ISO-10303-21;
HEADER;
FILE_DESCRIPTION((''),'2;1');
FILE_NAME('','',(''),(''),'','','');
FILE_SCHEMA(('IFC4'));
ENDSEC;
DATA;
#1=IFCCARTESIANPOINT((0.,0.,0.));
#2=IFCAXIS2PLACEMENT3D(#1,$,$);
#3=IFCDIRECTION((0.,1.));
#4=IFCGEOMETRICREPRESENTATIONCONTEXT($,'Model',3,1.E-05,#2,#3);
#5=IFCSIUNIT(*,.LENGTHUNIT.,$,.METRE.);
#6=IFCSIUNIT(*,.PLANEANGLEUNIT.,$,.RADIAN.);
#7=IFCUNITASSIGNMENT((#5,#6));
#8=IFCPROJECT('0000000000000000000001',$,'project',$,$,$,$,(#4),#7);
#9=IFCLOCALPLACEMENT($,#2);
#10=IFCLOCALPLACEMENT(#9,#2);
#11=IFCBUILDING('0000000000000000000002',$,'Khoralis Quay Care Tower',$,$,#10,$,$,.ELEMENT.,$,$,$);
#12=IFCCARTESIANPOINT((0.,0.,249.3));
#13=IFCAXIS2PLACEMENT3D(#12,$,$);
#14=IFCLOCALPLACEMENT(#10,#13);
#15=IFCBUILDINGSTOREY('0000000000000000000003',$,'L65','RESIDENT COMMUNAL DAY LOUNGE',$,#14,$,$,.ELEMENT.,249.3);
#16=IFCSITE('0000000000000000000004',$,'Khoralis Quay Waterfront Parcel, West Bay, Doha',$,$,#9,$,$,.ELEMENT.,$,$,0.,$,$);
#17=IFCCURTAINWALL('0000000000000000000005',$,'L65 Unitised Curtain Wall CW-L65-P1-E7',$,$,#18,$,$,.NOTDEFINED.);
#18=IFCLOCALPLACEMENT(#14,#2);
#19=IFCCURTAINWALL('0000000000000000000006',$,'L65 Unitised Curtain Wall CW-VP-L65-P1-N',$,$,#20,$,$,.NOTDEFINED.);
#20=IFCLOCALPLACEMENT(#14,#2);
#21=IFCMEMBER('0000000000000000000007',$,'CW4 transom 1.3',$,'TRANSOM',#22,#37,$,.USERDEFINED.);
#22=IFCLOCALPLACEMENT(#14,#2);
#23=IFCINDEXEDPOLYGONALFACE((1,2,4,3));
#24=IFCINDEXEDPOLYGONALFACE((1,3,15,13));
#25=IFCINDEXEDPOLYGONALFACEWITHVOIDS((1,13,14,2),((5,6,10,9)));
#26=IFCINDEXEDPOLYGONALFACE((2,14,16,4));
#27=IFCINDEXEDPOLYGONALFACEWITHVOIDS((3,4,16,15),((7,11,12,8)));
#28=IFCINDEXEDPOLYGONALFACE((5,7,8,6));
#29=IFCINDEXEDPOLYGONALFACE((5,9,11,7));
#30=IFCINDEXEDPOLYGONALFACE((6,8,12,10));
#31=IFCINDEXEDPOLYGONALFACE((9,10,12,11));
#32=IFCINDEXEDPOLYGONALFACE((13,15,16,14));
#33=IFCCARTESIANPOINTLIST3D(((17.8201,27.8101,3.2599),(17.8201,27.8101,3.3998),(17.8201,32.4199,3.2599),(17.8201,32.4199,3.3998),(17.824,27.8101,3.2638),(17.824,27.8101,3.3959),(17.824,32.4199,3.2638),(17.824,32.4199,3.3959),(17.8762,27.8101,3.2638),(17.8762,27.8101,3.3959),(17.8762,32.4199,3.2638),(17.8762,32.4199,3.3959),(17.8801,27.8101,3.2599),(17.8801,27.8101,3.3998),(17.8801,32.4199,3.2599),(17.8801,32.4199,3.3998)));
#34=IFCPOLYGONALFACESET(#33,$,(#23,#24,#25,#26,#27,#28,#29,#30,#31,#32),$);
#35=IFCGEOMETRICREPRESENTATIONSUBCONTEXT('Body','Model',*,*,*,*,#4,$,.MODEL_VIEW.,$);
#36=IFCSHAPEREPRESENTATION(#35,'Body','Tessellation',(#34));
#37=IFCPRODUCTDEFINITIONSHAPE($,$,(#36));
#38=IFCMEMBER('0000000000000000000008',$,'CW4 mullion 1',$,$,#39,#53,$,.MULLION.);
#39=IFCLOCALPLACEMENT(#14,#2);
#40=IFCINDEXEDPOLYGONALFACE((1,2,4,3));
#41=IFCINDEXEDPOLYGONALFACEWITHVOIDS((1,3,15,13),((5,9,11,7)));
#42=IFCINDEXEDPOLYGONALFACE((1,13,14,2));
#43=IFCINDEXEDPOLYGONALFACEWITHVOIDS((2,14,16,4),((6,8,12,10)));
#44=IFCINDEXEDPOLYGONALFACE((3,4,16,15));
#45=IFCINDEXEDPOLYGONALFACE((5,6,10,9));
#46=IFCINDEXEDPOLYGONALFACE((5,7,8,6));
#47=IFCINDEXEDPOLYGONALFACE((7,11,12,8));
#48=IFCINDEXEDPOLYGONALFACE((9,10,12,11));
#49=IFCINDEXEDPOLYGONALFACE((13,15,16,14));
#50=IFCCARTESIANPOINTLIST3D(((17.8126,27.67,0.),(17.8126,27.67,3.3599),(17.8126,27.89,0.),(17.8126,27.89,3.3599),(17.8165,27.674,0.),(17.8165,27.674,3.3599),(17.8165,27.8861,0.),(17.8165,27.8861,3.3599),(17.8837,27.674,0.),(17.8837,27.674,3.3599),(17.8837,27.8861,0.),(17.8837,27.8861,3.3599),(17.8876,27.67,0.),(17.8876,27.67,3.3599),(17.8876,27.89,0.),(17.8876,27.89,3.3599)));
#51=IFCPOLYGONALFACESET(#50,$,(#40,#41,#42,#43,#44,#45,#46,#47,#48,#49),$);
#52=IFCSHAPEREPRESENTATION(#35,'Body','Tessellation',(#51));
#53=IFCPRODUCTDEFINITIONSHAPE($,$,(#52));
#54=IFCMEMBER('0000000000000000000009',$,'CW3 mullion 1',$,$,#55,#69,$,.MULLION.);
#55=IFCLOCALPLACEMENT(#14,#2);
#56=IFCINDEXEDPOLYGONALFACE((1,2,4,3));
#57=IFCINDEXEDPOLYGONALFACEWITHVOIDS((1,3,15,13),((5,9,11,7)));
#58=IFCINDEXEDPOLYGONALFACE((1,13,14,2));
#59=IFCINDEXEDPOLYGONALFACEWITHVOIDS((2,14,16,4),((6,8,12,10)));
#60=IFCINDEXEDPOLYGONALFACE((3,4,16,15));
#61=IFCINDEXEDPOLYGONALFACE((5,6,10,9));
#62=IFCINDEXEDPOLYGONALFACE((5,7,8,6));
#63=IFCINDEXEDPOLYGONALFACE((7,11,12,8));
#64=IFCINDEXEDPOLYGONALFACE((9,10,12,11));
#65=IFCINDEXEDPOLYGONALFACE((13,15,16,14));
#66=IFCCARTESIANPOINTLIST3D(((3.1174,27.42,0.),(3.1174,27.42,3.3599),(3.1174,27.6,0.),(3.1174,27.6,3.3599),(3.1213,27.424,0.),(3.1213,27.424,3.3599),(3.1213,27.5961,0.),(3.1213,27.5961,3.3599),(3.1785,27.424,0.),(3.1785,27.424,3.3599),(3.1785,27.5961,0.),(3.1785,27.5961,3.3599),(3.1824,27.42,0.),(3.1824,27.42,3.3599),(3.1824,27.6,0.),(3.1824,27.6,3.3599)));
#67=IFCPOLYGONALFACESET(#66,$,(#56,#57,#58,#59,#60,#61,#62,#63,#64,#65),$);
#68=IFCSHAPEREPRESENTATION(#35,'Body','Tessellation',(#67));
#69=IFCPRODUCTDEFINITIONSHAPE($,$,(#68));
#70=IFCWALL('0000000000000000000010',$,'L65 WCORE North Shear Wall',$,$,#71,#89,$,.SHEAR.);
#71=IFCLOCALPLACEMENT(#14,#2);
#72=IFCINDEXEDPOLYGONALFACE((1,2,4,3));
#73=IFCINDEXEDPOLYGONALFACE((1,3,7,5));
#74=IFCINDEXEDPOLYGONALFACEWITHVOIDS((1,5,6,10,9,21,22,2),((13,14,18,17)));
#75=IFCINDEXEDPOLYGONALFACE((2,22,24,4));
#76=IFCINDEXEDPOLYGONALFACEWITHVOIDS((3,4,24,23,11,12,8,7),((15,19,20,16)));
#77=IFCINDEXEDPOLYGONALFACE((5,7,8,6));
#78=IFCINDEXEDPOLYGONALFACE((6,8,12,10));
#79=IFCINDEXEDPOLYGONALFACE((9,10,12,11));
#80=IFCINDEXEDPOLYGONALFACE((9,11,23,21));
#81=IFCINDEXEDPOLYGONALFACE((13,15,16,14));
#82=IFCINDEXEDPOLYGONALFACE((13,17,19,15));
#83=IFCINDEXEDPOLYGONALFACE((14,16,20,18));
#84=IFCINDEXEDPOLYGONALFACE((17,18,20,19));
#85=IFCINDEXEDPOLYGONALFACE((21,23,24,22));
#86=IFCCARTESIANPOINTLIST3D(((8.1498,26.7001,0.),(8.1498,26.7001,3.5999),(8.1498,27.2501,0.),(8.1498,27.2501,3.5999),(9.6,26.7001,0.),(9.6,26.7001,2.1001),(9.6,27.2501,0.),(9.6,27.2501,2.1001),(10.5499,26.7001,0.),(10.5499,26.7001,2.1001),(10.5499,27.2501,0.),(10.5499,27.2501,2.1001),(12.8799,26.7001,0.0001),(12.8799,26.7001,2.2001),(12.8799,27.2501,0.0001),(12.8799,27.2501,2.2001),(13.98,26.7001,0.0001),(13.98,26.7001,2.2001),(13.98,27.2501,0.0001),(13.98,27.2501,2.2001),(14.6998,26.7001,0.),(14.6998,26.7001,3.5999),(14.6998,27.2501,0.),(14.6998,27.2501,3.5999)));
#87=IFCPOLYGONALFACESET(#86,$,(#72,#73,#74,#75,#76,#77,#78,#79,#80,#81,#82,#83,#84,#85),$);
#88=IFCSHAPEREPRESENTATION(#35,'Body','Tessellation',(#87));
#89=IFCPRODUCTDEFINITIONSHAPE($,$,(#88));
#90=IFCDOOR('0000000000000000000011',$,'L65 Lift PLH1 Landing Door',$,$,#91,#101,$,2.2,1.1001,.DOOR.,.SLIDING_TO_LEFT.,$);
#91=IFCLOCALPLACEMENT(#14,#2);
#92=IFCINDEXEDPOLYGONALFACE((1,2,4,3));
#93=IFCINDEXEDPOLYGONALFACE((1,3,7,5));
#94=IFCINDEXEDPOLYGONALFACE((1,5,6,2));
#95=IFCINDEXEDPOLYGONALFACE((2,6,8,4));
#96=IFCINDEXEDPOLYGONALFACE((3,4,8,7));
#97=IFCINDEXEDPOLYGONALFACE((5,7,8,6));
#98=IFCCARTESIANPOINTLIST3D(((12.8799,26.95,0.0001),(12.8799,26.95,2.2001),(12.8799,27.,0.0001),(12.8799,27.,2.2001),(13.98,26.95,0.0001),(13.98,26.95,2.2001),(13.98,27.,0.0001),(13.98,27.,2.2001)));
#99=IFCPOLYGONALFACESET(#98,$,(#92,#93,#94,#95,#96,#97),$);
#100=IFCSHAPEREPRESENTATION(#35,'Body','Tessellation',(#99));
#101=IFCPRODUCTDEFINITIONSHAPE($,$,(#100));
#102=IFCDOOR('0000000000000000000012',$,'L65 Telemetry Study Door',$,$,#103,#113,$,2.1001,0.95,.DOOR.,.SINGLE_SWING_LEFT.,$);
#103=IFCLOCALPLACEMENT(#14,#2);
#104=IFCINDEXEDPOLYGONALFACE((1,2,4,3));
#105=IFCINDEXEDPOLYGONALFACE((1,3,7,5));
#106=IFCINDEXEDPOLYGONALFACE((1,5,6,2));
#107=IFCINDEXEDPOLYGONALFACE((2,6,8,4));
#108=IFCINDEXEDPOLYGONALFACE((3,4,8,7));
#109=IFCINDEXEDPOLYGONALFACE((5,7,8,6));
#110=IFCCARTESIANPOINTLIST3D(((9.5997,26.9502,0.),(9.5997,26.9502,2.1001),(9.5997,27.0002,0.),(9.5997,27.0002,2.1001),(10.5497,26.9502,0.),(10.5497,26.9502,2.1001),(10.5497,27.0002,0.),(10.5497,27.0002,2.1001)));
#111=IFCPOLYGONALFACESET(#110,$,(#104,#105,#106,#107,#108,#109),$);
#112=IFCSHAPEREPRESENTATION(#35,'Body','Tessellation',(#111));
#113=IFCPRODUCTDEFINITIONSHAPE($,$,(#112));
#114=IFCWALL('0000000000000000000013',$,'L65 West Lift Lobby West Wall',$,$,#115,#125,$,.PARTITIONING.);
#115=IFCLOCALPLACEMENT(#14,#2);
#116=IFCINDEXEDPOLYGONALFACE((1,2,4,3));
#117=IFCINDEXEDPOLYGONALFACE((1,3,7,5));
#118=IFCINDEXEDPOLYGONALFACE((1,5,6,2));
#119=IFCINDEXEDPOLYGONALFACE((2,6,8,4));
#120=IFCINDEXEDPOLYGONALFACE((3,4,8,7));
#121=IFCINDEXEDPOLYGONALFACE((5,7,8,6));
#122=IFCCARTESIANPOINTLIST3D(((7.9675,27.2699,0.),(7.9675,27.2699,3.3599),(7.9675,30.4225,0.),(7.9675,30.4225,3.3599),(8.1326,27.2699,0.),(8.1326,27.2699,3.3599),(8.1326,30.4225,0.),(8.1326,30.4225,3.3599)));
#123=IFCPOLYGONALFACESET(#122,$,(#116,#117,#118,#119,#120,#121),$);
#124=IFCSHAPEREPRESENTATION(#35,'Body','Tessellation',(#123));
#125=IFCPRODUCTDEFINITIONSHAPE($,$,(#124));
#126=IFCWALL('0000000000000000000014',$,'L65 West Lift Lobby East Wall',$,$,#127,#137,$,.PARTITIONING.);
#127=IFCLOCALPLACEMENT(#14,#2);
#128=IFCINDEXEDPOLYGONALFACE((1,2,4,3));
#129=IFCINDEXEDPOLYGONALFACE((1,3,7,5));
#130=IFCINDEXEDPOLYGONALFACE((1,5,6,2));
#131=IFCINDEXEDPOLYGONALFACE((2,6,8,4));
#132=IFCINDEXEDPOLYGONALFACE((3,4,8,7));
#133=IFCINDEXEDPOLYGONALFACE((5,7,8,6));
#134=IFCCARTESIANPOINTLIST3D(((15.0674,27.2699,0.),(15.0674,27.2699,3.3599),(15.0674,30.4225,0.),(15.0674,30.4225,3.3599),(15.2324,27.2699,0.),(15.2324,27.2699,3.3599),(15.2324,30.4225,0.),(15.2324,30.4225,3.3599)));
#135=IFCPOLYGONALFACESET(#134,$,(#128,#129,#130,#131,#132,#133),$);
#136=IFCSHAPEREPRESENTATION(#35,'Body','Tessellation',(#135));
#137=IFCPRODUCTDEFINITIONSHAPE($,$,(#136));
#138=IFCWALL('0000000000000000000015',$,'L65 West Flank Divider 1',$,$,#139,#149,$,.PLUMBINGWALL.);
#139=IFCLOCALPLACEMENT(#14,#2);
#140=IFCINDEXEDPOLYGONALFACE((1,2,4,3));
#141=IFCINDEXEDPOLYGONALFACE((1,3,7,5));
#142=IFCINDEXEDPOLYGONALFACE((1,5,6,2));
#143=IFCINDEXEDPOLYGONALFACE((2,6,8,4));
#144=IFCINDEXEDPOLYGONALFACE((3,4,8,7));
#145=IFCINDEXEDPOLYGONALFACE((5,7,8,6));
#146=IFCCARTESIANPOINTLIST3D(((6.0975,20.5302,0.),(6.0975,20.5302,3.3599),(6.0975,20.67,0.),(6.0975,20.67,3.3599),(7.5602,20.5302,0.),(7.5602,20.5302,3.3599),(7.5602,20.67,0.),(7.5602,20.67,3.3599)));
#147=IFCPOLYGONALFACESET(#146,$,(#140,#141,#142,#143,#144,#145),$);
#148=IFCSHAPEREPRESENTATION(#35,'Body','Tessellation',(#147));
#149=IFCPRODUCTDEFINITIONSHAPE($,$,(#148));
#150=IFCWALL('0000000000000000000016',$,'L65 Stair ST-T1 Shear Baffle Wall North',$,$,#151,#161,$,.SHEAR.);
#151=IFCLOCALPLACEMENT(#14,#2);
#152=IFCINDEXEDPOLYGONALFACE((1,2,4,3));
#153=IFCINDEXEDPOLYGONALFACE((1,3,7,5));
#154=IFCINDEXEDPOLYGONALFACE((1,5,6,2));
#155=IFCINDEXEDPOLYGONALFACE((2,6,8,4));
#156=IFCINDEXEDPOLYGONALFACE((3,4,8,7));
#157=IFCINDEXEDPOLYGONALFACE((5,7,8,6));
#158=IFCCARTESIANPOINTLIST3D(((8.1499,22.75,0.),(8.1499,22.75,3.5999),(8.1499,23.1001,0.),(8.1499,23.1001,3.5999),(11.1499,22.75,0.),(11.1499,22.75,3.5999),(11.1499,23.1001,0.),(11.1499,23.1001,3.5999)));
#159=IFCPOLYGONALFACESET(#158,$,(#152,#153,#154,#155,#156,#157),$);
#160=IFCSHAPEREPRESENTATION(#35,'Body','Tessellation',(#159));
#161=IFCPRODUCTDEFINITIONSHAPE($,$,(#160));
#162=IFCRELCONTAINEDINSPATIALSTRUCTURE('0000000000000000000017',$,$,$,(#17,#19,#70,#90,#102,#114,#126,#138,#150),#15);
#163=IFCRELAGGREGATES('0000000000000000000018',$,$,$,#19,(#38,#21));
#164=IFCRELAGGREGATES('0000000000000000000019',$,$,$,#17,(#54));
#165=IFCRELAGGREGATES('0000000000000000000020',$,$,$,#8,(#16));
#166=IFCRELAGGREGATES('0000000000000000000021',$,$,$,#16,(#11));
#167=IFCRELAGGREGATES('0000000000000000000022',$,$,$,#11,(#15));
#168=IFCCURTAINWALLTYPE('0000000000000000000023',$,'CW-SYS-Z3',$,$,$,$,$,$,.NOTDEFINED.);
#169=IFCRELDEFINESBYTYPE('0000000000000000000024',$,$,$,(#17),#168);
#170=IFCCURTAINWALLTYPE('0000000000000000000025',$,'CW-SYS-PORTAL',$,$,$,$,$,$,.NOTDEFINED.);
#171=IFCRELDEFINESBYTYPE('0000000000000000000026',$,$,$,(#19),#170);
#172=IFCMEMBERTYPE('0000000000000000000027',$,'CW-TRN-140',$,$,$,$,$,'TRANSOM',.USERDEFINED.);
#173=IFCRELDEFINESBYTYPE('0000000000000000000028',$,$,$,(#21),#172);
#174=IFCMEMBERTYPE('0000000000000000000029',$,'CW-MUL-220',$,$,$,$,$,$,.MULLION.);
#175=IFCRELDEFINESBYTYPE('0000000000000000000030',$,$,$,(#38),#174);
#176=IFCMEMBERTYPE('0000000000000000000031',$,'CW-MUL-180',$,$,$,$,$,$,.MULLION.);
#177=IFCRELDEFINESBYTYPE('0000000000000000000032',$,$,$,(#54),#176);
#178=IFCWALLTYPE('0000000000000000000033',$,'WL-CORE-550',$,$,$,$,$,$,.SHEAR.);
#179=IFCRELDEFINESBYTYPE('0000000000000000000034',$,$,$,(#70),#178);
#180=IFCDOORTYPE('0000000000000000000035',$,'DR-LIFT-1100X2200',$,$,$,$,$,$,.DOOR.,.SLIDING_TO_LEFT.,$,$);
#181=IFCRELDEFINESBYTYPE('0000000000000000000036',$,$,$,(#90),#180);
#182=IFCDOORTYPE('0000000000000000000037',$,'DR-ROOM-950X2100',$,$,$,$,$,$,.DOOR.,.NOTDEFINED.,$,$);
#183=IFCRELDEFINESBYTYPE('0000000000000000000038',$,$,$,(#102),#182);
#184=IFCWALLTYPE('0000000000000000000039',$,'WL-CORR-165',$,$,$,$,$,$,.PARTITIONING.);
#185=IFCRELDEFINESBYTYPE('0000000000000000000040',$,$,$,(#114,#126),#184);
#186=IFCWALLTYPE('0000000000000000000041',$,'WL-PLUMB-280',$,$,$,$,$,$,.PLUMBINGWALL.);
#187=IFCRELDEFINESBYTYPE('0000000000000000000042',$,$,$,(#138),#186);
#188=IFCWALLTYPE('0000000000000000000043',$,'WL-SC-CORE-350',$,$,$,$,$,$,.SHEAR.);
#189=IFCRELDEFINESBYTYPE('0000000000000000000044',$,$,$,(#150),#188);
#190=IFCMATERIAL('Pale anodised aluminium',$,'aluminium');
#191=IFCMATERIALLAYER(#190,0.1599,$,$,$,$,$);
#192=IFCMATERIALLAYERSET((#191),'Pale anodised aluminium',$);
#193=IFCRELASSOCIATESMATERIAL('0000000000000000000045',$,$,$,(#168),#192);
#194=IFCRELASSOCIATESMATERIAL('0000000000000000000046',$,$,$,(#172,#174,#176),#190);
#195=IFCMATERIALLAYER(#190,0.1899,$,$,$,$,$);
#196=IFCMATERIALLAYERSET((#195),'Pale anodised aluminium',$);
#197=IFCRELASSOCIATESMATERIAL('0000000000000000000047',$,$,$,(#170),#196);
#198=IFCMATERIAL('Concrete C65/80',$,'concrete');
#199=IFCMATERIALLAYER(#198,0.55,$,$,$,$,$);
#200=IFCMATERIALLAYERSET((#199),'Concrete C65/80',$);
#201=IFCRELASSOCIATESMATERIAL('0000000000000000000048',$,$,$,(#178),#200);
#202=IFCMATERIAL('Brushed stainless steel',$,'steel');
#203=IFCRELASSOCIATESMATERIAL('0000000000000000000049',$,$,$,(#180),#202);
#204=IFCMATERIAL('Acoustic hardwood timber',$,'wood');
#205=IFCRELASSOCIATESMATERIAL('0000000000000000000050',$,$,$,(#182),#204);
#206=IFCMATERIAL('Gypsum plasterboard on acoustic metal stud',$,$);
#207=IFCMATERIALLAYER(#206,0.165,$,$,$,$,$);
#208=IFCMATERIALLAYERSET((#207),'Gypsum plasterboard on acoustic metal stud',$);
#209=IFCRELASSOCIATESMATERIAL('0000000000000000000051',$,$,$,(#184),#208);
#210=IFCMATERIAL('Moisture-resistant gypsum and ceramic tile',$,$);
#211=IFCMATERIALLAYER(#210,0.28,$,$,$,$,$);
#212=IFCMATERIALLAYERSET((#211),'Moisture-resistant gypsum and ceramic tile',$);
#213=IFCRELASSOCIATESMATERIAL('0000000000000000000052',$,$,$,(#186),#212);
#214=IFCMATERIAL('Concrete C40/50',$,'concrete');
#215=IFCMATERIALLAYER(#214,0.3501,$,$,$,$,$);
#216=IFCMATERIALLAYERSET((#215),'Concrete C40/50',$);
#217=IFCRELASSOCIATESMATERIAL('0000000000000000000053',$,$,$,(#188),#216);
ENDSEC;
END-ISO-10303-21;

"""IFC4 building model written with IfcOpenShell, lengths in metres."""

from ifc_helpers import new_model, si_unit, direction, frame, frame_2d, origin, origin_2d, place, context, subcontext, project, spatial, rectangle, hollow_rectangle, extrude, source, transform, mapped, material, layer, layer_set, material_profile, profile_set, type_object, element, fill, aggregate, save


model = new_model("IFC4")

# Units and contexts
model_context = context("Model", 3, precision=1e-05, world=origin(), true_north=direction((0.0, 1.0)))
body_context = subcontext(model_context, "Body", "Model", "MODEL_VIEW")
ifc_project = project(units=[si_unit("LENGTHUNIT", "METRE"), si_unit("PLANEANGLEUNIT", "RADIAN")], contexts=[model_context])

# Site, building, storey
site_placement = place(None, origin())
site = spatial("IfcSite", under=ifc_project, at=site_placement, Name="Khoralis Quay Waterfront Parcel, West Bay, Doha", CompositionType="ELEMENT", RefElevation=0.0)
building_placement = place(site_placement, origin())
building = spatial("IfcBuilding", under=site, at=building_placement, Name="Khoralis Quay Care Tower", CompositionType="ELEMENT")
storey_placement = place(building_placement, frame((0.0, 0.0, 249.3)))
storey = spatial("IfcBuildingStorey", under=building, at=storey_placement, Name="L65", Description="RESIDENT COMMUNAL DAY LOUNGE", CompositionType="ELEMENT", Elevation=249.3)

# Curtain wall
ifc_material_1 = material(Name="Pale anodised aluminium", Category="aluminium")
ifc_layer_1 = layer(ifc_material_1, 0.1599)
ifc_layer_set_1 = layer_set([ifc_layer_1], Name="Pale anodised aluminium")
curtain_wall_type_1 = type_object("IfcCurtainWallType", Name="CW-SYS-Z3", PredefinedType="NOTDEFINED", material=ifc_layer_set_1)
curtain_wall_1_placement = place(storey_placement, origin())
curtain_wall_1 = element("IfcCurtainWall", 1, at=curtain_wall_1_placement, inside=storey, type_object=curtain_wall_type_1, Name="L65 Unitised Curtain Wall CW-L65-P1-E7", PredefinedType="NOTDEFINED")
ifc_material_profile_1 = material_profile(ifc_material_1, hollow_rectangle(XDim=0.0601, YDim=0.1399, WallThickness=0.0039, at=origin_2d()), Name="Pale anodised aluminium")
ifc_profile_set_1 = profile_set([ifc_material_profile_1], Name="Pale anodised aluminium")
member_type_1 = type_object("IfcMemberType", Name="CW-TRN-140", ElementType="TRANSOM", PredefinedType="USERDEFINED", material=ifc_profile_set_1)

# Curtain wall, members
ifc_layer_2 = layer(ifc_material_1, 0.1899)
ifc_layer_set_2 = layer_set([ifc_layer_2], Name="Pale anodised aluminium")
curtain_wall_type_2 = type_object("IfcCurtainWallType", Name="CW-SYS-PORTAL", PredefinedType="NOTDEFINED", material=ifc_layer_set_2)
curtain_wall_2_placement = place(storey_placement, origin())
curtain_wall_2 = element("IfcCurtainWall", 2, at=curtain_wall_2_placement, inside=storey, type_object=curtain_wall_type_2, Name="L65 Unitised Curtain Wall CW-VP-L65-P1-N", PredefinedType="NOTDEFINED")
shared_shape_1 = source(origin(), body_context, "Body", "SweptSolid", [
    extrude(hollow_rectangle(XDim=0.0601, YDim=0.1399, WallThickness=0.0039, at=origin_2d()), origin(), (0.0, 0.0, 1.0), 4.6099),
])
member_1_placement = place(storey_placement, frame((17.8501, 27.8101, 3.3298), z_axis=(0.0, 1.0, 0.0), x_axis=(-1.0, 0.0, 0.0)))
member_1 = element("IfcMember", 3, at=member_1_placement, type_object=member_type_1, Name="CW4 transom 1.3", ObjectType="TRANSOM", PredefinedType="USERDEFINED", context=body_context, shape_type="MappedRepresentation", body=[
    mapped(shared_shape_1, transform((0.0, 0.0, 0.0), scale=1.0)),
])
ifc_material_profile_2 = material_profile(ifc_material_1, hollow_rectangle(XDim=0.075, YDim=0.22, WallThickness=0.0039, at=origin_2d()), Name="Pale anodised aluminium")
ifc_profile_set_2 = profile_set([ifc_material_profile_2], Name="Pale anodised aluminium")
member_type_2 = type_object("IfcMemberType", Name="CW-MUL-220", PredefinedType="MULLION", material=ifc_profile_set_2)
shared_shape_2 = source(origin(), body_context, "Body", "SweptSolid", [
    extrude(hollow_rectangle(XDim=0.075, YDim=0.22, WallThickness=0.0039, at=origin_2d()), origin(), (0.0, 0.0, 1.0), 3.3599),
])
member_2_placement = place(storey_placement, frame((17.8501, 27.78, 0.0), z_axis=(0.0, 0.0, 1.0), x_axis=(-1.0, 0.0, 0.0)))
member_2 = element("IfcMember", 4, at=member_2_placement, type_object=member_type_2, Name="CW4 mullion 1", PredefinedType="MULLION", context=body_context, shape_type="MappedRepresentation", body=[
    mapped(shared_shape_2, transform((0.0, 0.0, 0.0), scale=1.0)),
])
aggregate(curtain_wall_2, [member_2, member_1])

# Member
ifc_material_profile_3 = material_profile(ifc_material_1, hollow_rectangle(XDim=0.0649, YDim=0.1799, WallThickness=0.0039, at=origin_2d()), Name="Pale anodised aluminium")
ifc_profile_set_3 = profile_set([ifc_material_profile_3], Name="Pale anodised aluminium")
member_type_3 = type_object("IfcMemberType", Name="CW-MUL-180", PredefinedType="MULLION", material=ifc_profile_set_3)
shared_shape_3 = source(origin(), body_context, "Body", "SweptSolid", [
    extrude(hollow_rectangle(XDim=0.0649, YDim=0.1799, WallThickness=0.0039, at=origin_2d()), origin(), (0.0, 0.0, 1.0), 3.3599),
])
member_3_placement = place(storey_placement, frame((3.1499, 27.51, 0.0), z_axis=(0.0, 0.0, 1.0), x_axis=(1.0, 0.0, 0.0)))
member_3 = element("IfcMember", 5, at=member_3_placement, type_object=member_type_3, Name="CW3 mullion 1", PredefinedType="MULLION", context=body_context, shape_type="MappedRepresentation", body=[
    mapped(shared_shape_3, transform((0.0, 0.0, 0.0), scale=1.0)),
])
aggregate(curtain_wall_1, [member_3])

# Wall, openings, doors
ifc_material_2 = material(Name="Concrete C65/80", Category="concrete")
ifc_layer_3 = layer(ifc_material_2, 0.55)
ifc_layer_set_3 = layer_set([ifc_layer_3], Name="Concrete C65/80")
wall_type_1 = type_object("IfcWallType", Name="WL-CORE-550", PredefinedType="SHEAR", material=ifc_layer_set_3)
wall_1_placement = place(storey_placement, frame((8.1499, 26.9751, 0.0), z_axis=(0.0, 0.0, 1.0), x_axis=(1.0, 0.0, 0.0)))
wall_1 = element("IfcWall", 6, at=wall_1_placement, inside=storey, type_object=wall_type_1, Name="L65 WCORE North Shear Wall", PredefinedType="SHEAR", context=body_context, shape_type="SweptSolid", body=[
    extrude(rectangle(XDim=6.55, YDim=0.55, at=frame_2d((3.2749, 0.0))), origin(), (0.0, 0.0, 1.0), 3.5999),
])
opening_1_placement = place(wall_1_placement, frame((1.45, 0.0, 0.0)))
opening_1 = element("IfcOpeningElement", 7, at=opening_1_placement, cuts=wall_1, PredefinedType="OPENING", context=body_context, shape_type="SweptSolid", body=[
    extrude(rectangle(XDim=0.95, YDim=2.1001, at=frame_2d((0.4751, 1.05))), frame((0.0, 0.2852, 0.0), z_axis=(0.0, -1.0, 0.0), x_axis=(1.0, 0.0, 0.0)), (0.0, 0.0, 1.0), 0.5701),
])
opening_2_placement = place(wall_1_placement, frame((4.73, 0.0, 0.0)))
opening_2 = element("IfcOpeningElement", 8, at=opening_2_placement, cuts=wall_1, PredefinedType="OPENING", context=body_context, shape_type="SweptSolid", body=[
    extrude(rectangle(XDim=1.1001, YDim=2.2, at=frame_2d((0.55, 1.1001))), frame((0.0, 0.2852, 0.0), z_axis=(0.0, -1.0, 0.0), x_axis=(1.0, 0.0, 0.0)), (0.0, 0.0, 1.0), 0.5701),
])
ifc_material_3 = material(Name="Brushed stainless steel", Category="steel")
door_type_1 = type_object("IfcDoorType", Name="DR-LIFT-1100X2200", OperationType="SLIDING_TO_LEFT", PredefinedType="DOOR", material=ifc_material_3)
shared_shape_4 = source(origin(), body_context, "Body", "SweptSolid", [
    extrude(rectangle(XDim=1.1001, YDim=2.2, at=frame_2d((0.55, 1.1001))), frame((0.0, 0.0249, 0.0), z_axis=(0.0, -1.0, 0.0), x_axis=(1.0, 0.0, 0.0)), (0.0, 0.0, 1.0), 0.05),
])
door_1_placement = place(opening_2_placement, origin())
door_1 = element("IfcDoor", 9, at=door_1_placement, inside=storey, type_object=door_type_1, Name="L65 Lift PLH1 Landing Door", OperationType="SLIDING_TO_LEFT", OverallHeight=2.2, OverallWidth=1.1001, PredefinedType="DOOR", context=body_context, shape_type="MappedRepresentation", body=[
    mapped(shared_shape_4, transform((0.0, 0.0, 0.0), scale=1.0)),
])
fill(opening_2, door_1)
ifc_material_4 = material(Name="Acoustic hardwood timber", Category="wood")
door_type_2 = type_object("IfcDoorType", Name="DR-ROOM-950X2100", OperationType="NOTDEFINED", PredefinedType="DOOR", material=ifc_material_4)
shared_shape_5 = source(origin(), body_context, "Body", "SweptSolid", [
    extrude(rectangle(XDim=0.95, YDim=2.1001, at=frame_2d((0.4751, 1.05))), frame((0.0, 0.0249, 0.0), z_axis=(0.0, -1.0, 0.0), x_axis=(1.0, 0.0, 0.0)), (0.0, 0.0, 1.0), 0.05),
])
door_2_placement = place(opening_1_placement, frame((0.95, 0.0, 0.0), z_axis=(0.0, 0.0, 1.0), x_axis=(-1.0, 0.0, 0.0)))
door_2 = element("IfcDoor", 10, at=door_2_placement, inside=storey, type_object=door_type_2, Name="L65 Telemetry Study Door", OperationType="SINGLE_SWING_LEFT", OverallHeight=2.1001, OverallWidth=0.95, PredefinedType="DOOR", context=body_context, shape_type="MappedRepresentation", body=[
    mapped(shared_shape_5, transform((0.0, 0.0, 0.0), scale=1.0)),
])
fill(opening_1, door_2)

# Walls
ifc_material_5 = material(Name="Gypsum plasterboard on acoustic metal stud")
ifc_layer_4 = layer(ifc_material_5, 0.165)
ifc_layer_set_4 = layer_set([ifc_layer_4], Name="Gypsum plasterboard on acoustic metal stud")
wall_type_2 = type_object("IfcWallType", Name="WL-CORR-165", PredefinedType="PARTITIONING", material=ifc_layer_set_4)
for number, where, z_axis, x_axis, name in (
    (11, (8.05, 27.27, 0.0), (0.0, 0.0, 1.0), (0.0, 1.0, 0.0), "L65 West Lift Lobby West Wall"),
    (12, (15.1499, 27.27, 0.0), (0.0, 0.0, 1.0), (0.0, 1.0, 0.0), "L65 West Lift Lobby East Wall"),
):
    element("IfcWall", number, at=place(storey_placement, frame(where, z_axis=z_axis, x_axis=x_axis)), inside=storey, type_object=wall_type_2, Name=name, PredefinedType="PARTITIONING", context=body_context, shape_type="SweptSolid", body=[
        extrude(rectangle(XDim=3.1526, YDim=0.165, at=frame_2d((1.5762, 0.0))), origin(), (0.0, 0.0, 1.0), 3.3599),
    ])
ifc_material_6 = material(Name="Moisture-resistant gypsum and ceramic tile")
ifc_layer_5 = layer(ifc_material_6, 0.28)
ifc_layer_set_5 = layer_set([ifc_layer_5], Name="Moisture-resistant gypsum and ceramic tile")
wall_type_3 = type_object("IfcWallType", Name="WL-PLUMB-280", PredefinedType="PLUMBINGWALL", material=ifc_layer_set_5)
wall_2_placement = place(storey_placement, frame((6.0974, 20.6001, 0.0), z_axis=(0.0, 0.0, 1.0), x_axis=(1.0, 0.0, 0.0)))
element("IfcWall", 13, at=wall_2_placement, inside=storey, type_object=wall_type_3, Name="L65 West Flank Divider 1", PredefinedType="PLUMBINGWALL", context=body_context, shape_type="SweptSolid", body=[
    extrude(rectangle(XDim=1.4626, YDim=0.1399, at=frame_2d((0.7314, 0.0))), origin(), (0.0, 0.0, 1.0), 3.3599),
])
ifc_material_7 = material(Name="Concrete C40/50", Category="concrete")
ifc_layer_6 = layer(ifc_material_7, 0.3501)
ifc_layer_set_6 = layer_set([ifc_layer_6], Name="Concrete C40/50")
wall_type_4 = type_object("IfcWallType", Name="WL-SC-CORE-350", PredefinedType="SHEAR", material=ifc_layer_set_6)
wall_3_placement = place(storey_placement, frame((8.1499, 22.925, 0.0), z_axis=(0.0, 0.0, 1.0), x_axis=(1.0, 0.0, 0.0)))
element("IfcWall", 14, at=wall_3_placement, inside=storey, type_object=wall_type_4, Name="L65 Stair ST-T1 Shear Baffle Wall North", PredefinedType="SHEAR", context=body_context, shape_type="SweptSolid", body=[
    extrude(rectangle(XDim=3.0, YDim=0.3501, at=frame_2d((1.5, 0.0))), origin(), (0.0, 0.0, 1.0), 3.5999),
])

save(model, "model.ifc")
